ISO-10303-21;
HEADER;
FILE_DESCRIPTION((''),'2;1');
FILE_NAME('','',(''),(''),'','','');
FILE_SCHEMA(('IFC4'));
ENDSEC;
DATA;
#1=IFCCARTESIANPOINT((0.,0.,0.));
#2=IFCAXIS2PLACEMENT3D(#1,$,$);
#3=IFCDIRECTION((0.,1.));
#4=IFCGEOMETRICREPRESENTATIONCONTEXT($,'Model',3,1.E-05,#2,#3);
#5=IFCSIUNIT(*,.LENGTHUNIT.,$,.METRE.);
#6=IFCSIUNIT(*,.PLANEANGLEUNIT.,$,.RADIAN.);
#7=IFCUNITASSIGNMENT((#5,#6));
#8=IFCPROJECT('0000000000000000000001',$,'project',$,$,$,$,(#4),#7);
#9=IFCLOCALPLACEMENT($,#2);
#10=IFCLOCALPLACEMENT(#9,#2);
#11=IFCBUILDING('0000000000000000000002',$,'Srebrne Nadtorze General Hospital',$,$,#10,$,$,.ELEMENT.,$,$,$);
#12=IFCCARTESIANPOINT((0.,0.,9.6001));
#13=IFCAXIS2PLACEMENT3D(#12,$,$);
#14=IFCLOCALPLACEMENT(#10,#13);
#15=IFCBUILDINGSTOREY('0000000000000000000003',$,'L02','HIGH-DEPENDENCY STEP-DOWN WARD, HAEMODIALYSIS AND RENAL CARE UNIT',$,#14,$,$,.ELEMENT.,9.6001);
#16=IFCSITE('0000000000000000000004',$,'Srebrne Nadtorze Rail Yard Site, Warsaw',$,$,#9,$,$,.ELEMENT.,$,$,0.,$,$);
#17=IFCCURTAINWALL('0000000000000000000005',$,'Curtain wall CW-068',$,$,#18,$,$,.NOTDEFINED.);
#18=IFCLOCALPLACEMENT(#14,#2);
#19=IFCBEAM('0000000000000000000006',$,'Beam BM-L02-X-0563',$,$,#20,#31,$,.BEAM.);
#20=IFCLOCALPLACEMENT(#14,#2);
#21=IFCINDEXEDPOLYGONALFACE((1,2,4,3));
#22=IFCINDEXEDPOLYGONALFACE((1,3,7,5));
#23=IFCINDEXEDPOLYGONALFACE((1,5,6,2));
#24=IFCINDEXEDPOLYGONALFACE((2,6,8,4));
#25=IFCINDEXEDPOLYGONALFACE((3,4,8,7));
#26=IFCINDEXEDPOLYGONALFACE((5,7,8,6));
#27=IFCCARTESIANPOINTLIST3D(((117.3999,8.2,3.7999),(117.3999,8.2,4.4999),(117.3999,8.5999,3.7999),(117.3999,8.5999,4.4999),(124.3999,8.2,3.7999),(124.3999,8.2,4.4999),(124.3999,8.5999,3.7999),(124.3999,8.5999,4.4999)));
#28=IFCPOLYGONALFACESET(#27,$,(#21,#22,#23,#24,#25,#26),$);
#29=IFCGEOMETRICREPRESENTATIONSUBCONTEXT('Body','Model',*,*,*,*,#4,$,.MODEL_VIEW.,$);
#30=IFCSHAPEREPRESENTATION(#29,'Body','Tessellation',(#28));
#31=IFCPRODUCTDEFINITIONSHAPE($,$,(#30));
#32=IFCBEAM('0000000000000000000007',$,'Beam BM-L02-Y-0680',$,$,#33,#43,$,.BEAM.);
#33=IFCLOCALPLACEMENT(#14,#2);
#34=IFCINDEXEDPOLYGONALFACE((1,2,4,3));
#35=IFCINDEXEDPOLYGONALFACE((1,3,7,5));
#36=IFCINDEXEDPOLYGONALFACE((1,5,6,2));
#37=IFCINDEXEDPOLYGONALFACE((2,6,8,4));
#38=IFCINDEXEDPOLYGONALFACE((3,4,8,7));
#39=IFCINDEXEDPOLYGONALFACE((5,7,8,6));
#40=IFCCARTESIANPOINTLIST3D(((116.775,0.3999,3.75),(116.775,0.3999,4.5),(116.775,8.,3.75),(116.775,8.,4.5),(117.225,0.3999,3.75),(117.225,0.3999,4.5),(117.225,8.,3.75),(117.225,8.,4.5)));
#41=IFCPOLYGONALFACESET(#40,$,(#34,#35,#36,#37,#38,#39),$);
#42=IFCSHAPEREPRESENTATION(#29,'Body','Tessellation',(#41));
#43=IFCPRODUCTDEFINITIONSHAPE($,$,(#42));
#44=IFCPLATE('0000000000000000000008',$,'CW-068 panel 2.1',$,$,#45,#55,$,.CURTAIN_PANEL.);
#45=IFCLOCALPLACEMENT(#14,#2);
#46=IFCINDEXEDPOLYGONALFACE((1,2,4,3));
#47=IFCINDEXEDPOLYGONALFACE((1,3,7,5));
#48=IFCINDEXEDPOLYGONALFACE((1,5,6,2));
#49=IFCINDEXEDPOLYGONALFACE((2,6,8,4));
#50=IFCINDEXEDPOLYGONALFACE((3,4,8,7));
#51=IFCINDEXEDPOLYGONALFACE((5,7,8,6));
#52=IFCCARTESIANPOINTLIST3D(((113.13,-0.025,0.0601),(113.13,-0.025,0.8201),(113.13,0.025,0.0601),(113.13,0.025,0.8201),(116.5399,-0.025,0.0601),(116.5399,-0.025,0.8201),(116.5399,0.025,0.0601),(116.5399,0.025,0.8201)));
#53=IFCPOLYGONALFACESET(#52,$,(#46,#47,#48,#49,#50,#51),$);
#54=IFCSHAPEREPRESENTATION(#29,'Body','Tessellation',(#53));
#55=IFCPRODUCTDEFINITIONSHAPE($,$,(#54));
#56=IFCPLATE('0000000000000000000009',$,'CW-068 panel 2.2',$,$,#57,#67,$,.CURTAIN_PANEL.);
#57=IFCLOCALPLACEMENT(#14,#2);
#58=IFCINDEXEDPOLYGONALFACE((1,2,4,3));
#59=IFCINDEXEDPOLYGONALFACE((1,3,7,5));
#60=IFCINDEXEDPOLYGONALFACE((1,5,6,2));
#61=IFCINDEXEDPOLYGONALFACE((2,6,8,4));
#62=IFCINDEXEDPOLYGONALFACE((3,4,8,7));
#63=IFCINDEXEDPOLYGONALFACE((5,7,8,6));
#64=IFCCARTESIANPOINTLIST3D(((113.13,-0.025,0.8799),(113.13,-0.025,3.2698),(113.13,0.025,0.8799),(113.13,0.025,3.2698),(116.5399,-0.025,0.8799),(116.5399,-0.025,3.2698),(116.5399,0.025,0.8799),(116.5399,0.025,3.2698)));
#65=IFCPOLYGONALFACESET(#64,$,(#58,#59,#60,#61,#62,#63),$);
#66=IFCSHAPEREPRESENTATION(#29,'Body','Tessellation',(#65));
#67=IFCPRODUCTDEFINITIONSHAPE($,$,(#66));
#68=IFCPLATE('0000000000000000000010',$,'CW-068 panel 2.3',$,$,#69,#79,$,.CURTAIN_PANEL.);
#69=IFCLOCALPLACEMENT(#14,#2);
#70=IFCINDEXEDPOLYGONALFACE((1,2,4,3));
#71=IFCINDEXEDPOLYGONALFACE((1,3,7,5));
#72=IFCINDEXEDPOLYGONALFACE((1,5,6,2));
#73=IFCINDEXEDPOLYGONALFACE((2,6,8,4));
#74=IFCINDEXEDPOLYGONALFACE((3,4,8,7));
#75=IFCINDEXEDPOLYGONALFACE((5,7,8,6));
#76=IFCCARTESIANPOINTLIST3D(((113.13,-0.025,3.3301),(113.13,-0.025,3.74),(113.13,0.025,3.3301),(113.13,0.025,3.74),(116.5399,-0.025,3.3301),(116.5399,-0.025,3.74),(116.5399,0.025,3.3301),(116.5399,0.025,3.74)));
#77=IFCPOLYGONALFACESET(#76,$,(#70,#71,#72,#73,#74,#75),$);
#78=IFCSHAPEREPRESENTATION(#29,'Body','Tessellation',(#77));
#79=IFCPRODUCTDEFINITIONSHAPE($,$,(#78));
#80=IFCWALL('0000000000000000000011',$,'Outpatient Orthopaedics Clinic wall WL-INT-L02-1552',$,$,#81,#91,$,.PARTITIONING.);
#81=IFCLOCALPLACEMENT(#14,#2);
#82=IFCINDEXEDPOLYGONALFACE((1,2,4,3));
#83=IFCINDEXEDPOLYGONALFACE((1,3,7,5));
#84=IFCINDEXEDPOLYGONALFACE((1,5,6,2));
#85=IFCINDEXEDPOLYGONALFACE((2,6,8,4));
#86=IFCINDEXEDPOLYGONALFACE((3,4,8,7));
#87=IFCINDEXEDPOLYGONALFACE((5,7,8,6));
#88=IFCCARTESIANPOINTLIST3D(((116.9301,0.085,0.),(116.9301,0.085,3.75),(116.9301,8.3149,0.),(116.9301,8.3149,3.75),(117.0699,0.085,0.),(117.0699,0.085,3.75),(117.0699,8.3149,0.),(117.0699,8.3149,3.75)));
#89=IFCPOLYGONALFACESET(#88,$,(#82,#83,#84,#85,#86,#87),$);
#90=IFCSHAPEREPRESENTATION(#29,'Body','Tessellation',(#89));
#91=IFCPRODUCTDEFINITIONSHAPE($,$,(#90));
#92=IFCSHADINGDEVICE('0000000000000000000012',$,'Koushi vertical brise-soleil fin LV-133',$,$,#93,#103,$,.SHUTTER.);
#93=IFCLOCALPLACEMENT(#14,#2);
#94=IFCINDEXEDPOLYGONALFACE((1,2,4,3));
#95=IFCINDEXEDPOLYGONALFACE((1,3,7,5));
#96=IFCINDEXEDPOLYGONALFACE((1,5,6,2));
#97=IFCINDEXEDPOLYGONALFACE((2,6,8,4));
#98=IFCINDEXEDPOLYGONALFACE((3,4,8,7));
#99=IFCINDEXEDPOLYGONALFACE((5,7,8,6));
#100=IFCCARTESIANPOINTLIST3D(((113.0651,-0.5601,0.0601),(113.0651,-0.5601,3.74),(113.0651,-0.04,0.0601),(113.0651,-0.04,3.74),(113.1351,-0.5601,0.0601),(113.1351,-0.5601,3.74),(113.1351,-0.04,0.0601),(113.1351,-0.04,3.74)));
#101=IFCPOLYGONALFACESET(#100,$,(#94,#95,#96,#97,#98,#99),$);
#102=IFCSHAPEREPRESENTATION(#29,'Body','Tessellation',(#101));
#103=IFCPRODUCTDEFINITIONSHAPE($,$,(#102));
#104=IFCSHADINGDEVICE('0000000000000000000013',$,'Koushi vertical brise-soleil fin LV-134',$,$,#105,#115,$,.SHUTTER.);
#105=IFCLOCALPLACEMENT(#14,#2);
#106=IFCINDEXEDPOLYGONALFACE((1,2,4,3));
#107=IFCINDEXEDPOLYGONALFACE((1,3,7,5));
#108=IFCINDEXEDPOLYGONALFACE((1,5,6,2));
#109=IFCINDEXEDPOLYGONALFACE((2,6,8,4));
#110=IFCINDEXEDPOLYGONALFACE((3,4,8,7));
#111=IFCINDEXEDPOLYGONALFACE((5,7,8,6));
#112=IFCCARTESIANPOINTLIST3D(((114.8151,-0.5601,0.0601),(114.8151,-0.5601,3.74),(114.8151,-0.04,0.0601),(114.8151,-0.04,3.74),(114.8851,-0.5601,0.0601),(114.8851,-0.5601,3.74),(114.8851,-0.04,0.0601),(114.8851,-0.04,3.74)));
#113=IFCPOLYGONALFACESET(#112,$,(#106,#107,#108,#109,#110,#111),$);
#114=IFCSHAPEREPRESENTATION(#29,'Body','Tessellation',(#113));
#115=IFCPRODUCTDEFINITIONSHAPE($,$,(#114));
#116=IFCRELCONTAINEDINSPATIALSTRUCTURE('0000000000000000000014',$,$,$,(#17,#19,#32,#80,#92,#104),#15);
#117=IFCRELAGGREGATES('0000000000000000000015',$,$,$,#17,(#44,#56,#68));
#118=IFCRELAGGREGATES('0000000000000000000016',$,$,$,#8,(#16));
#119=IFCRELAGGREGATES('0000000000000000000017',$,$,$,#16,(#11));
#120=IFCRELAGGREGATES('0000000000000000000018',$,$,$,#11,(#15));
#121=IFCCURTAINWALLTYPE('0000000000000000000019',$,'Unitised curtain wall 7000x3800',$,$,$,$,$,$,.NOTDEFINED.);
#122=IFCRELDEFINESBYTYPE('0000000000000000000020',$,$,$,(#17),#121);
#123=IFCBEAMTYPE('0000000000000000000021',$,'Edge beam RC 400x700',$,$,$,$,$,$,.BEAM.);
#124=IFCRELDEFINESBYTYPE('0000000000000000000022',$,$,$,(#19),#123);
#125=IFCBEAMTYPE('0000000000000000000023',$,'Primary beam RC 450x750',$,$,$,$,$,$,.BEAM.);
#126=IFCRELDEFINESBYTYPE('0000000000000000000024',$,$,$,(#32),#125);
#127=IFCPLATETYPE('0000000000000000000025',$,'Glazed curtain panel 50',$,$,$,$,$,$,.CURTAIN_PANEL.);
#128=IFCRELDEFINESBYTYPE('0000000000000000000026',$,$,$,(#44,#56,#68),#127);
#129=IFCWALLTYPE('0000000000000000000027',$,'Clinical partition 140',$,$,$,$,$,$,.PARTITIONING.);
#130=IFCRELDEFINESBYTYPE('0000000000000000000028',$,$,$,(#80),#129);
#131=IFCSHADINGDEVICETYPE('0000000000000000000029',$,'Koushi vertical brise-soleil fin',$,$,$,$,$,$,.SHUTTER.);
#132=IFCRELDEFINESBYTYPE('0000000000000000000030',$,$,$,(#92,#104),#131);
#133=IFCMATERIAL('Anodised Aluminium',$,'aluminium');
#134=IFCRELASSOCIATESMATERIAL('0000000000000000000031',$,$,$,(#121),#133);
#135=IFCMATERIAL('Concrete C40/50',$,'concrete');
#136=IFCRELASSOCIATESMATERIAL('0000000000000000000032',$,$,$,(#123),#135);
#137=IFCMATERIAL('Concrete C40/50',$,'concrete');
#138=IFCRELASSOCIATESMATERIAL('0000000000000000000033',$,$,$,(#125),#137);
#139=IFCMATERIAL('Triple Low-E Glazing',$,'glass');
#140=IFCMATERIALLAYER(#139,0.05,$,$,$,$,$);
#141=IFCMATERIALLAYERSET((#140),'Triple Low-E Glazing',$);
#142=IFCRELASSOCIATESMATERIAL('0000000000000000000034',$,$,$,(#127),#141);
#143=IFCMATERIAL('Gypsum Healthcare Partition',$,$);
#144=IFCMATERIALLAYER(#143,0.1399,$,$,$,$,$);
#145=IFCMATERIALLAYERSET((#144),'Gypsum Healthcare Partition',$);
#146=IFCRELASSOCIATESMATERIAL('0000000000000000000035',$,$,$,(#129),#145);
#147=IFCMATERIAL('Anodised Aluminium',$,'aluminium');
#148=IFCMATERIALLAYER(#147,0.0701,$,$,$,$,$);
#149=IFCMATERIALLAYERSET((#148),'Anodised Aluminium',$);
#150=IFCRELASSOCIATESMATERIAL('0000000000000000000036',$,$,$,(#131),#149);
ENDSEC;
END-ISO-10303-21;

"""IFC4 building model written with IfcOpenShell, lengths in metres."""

from ifc_helpers import new_model, si_unit, direction, frame, frame_2d, origin, origin_2d, place, context, subcontext, project, spatial, rectangle, extrude, material, layer, layer_set, material_profile, profile_set, type_object, element, aggregate, save


model = new_model("IFC4")

# Units and contexts
model_context = context("Model", 3, precision=1e-05, world=origin(), true_north=direction((0.0, 1.0)))
body_context = subcontext(model_context, "Body", "Model", "MODEL_VIEW")
ifc_project = project(units=[si_unit("LENGTHUNIT", "METRE"), si_unit("PLANEANGLEUNIT", "RADIAN")], contexts=[model_context])

# Site, building, storey
site_placement = place(None, origin())
site = spatial("IfcSite", under=ifc_project, at=site_placement, Name="Srebrne Nadtorze Rail Yard Site, Warsaw", CompositionType="ELEMENT", RefElevation=0.0)
building_placement = place(site_placement, origin())
building = spatial("IfcBuilding", under=site, at=building_placement, Name="Srebrne Nadtorze General Hospital", CompositionType="ELEMENT")
storey_placement = place(building_placement, frame((0.0, 0.0, 9.6001)))
storey = spatial("IfcBuildingStorey", under=building, at=storey_placement, Name="L02", Description="HIGH-DEPENDENCY STEP-DOWN WARD, HAEMODIALYSIS AND RENAL CARE UNIT", CompositionType="ELEMENT", Elevation=9.6001)

# Curtain wall
ifc_material_1 = material(Name="Anodised Aluminium", Category="aluminium")
curtain_wall_type = type_object("IfcCurtainWallType", Name="Unitised curtain wall 7000x3800", PredefinedType="NOTDEFINED", material=ifc_material_1)
curtain_wall_1_placement = place(storey_placement, origin())
curtain_wall_1 = element("IfcCurtainWall", 1, at=curtain_wall_1_placement, inside=storey, type_object=curtain_wall_type, Name="Curtain wall CW-068", PredefinedType="NOTDEFINED")

# Beams
ifc_material_2 = material(Name="Concrete C40/50", Category="concrete")
ifc_material_profile_1 = material_profile(ifc_material_2, rectangle(XDim=0.3999, YDim=0.7, at=origin_2d()), Name="RC-BM-400x700")
ifc_profile_set_1 = profile_set([ifc_material_profile_1], Name="Concrete C40/50")
beam_type_1 = type_object("IfcBeamType", Name="Edge beam RC 400x700", PredefinedType="BEAM", material=ifc_profile_set_1)
for number, where, z_axis, x_axis, name in (
    (2, (117.3999, 8.3999, 4.1499), (1.0, 0.0, 0.0), (0.0, 1.0, 0.0), "Beam BM-L02-X-0563"),
):
    element("IfcBeam", number, at=place(storey_placement, frame(where, z_axis=z_axis, x_axis=x_axis)), inside=storey, type_object=beam_type_1, Name=name, PredefinedType="BEAM", context=body_context, shape_type="SweptSolid", body=[
        extrude(rectangle(XDim=0.3999, YDim=0.7, at=origin_2d()), origin(), (0.0, 0.0, 1.0), 7.0),
    ])
ifc_material_3 = material(Name="Concrete C40/50", Category="concrete")
ifc_material_profile_2 = material_profile(ifc_material_3, rectangle(XDim=0.45, YDim=0.75, at=origin_2d()), Name="RC-BM-450x750")
ifc_profile_set_2 = profile_set([ifc_material_profile_2], Name="Concrete C40/50")
beam_type_2 = type_object("IfcBeamType", Name="Primary beam RC 450x750", PredefinedType="BEAM", material=ifc_profile_set_2)
beam_placement = place(storey_placement, frame((117.0, 0.3999, 4.125), z_axis=(0.0, 1.0, 0.0), x_axis=(-1.0, 0.0, 0.0)))
element("IfcBeam", 3, at=beam_placement, inside=storey, type_object=beam_type_2, Name="Beam BM-L02-Y-0680", PredefinedType="BEAM", context=body_context, shape_type="SweptSolid", body=[
    extrude(rectangle(XDim=0.45, YDim=0.75, at=origin_2d()), origin(), (0.0, 0.0, 1.0), 7.6001),
])

# Plates
ifc_material_4 = material(Name="Triple Low-E Glazing", Category="glass")
ifc_layer_1 = layer(ifc_material_4, 0.05)
ifc_layer_set_1 = layer_set([ifc_layer_1], Name="Triple Low-E Glazing")
plate_type = type_object("IfcPlateType", Name="Glazed curtain panel 50", PredefinedType="CURTAIN_PANEL", material=ifc_layer_set_1)
plate_1_placement = place(storey_placement, frame((114.835, 0.0, 0.0601), z_axis=(0.0, 0.0, 1.0), x_axis=(1.0, 0.0, 0.0)))
plate_1 = element("IfcPlate", 4, at=plate_1_placement, type_object=plate_type, Name="CW-068 panel 2.1", PredefinedType="CURTAIN_PANEL", context=body_context, shape_type="SweptSolid", body=[
    extrude(rectangle(XDim=3.4099, YDim=0.05, at=origin_2d()), origin(), (0.0, 0.0, 1.0), 0.76),
])
plate_2_placement = place(storey_placement, frame((114.835, 0.0, 0.8799), z_axis=(0.0, 0.0, 1.0), x_axis=(1.0, 0.0, 0.0)))
plate_2 = element("IfcPlate", 5, at=plate_2_placement, type_object=plate_type, Name="CW-068 panel 2.2", PredefinedType="CURTAIN_PANEL", context=body_context, shape_type="SweptSolid", body=[
    extrude(rectangle(XDim=3.4099, YDim=0.05, at=origin_2d()), origin(), (0.0, 0.0, 1.0), 2.3899),
])
plate_3_placement = place(storey_placement, frame((114.835, 0.0, 3.3301), z_axis=(0.0, 0.0, 1.0), x_axis=(1.0, 0.0, 0.0)))
plate_3 = element("IfcPlate", 6, at=plate_3_placement, type_object=plate_type, Name="CW-068 panel 2.3", PredefinedType="CURTAIN_PANEL", context=body_context, shape_type="SweptSolid", body=[
    extrude(rectangle(XDim=3.4099, YDim=0.05, at=origin_2d()), origin(), (0.0, 0.0, 1.0), 0.4099),
])
aggregate(curtain_wall_1, [plate_1, plate_2, plate_3])

# Wall
ifc_material_5 = material(Name="Gypsum Healthcare Partition")
ifc_layer_2 = layer(ifc_material_5, 0.1399)
ifc_layer_set_2 = layer_set([ifc_layer_2], Name="Gypsum Healthcare Partition")
wall_type = type_object("IfcWallType", Name="Clinical partition 140", PredefinedType="PARTITIONING", material=ifc_layer_set_2)
wall_placement = place(storey_placement, frame((117.0, 0.085, 0.0), z_axis=(0.0, 0.0, 1.0), x_axis=(0.0, 1.0, 0.0)))
element("IfcWall", 7, at=wall_placement, inside=storey, type_object=wall_type, Name="Outpatient Orthopaedics Clinic wall WL-INT-L02-1552", PredefinedType="PARTITIONING", context=body_context, shape_type="SweptSolid", body=[
    extrude(rectangle(XDim=8.23, YDim=0.1399, at=frame_2d((4.115, 0.0))), origin(), (0.0, 0.0, 1.0), 3.75),
])

# Shading devices
ifc_material_6 = material(Name="Anodised Aluminium", Category="aluminium")
ifc_layer_3 = layer(ifc_material_6, 0.0701)
ifc_layer_set_3 = layer_set([ifc_layer_3], Name="Anodised Aluminium")
shading_device_type = type_object("IfcShadingDeviceType", Name="Koushi vertical brise-soleil fin", PredefinedType="SHUTTER", material=ifc_layer_set_3)
for number, where, z_axis, x_axis, name in (
    (8, (113.1001, -0.3, 0.0601), (0.0, 0.0, 1.0), (1.0, 0.0, 0.0), "Koushi vertical brise-soleil fin LV-133"),
    (9, (114.8501, -0.3, 0.0601), (0.0, 0.0, 1.0), (1.0, 0.0, 0.0), "Koushi vertical brise-soleil fin LV-134"),
):
    element("IfcShadingDevice", number, at=place(storey_placement, frame(where, z_axis=z_axis, x_axis=x_axis)), inside=storey, type_object=shading_device_type, Name=name, PredefinedType="SHUTTER", context=body_context, shape_type="SweptSolid", body=[
        extrude(rectangle(XDim=0.0701, YDim=0.52, at=origin_2d()), origin(), (0.0, 0.0, 1.0), 3.6799),
    ])

save(model, "model.ifc")
